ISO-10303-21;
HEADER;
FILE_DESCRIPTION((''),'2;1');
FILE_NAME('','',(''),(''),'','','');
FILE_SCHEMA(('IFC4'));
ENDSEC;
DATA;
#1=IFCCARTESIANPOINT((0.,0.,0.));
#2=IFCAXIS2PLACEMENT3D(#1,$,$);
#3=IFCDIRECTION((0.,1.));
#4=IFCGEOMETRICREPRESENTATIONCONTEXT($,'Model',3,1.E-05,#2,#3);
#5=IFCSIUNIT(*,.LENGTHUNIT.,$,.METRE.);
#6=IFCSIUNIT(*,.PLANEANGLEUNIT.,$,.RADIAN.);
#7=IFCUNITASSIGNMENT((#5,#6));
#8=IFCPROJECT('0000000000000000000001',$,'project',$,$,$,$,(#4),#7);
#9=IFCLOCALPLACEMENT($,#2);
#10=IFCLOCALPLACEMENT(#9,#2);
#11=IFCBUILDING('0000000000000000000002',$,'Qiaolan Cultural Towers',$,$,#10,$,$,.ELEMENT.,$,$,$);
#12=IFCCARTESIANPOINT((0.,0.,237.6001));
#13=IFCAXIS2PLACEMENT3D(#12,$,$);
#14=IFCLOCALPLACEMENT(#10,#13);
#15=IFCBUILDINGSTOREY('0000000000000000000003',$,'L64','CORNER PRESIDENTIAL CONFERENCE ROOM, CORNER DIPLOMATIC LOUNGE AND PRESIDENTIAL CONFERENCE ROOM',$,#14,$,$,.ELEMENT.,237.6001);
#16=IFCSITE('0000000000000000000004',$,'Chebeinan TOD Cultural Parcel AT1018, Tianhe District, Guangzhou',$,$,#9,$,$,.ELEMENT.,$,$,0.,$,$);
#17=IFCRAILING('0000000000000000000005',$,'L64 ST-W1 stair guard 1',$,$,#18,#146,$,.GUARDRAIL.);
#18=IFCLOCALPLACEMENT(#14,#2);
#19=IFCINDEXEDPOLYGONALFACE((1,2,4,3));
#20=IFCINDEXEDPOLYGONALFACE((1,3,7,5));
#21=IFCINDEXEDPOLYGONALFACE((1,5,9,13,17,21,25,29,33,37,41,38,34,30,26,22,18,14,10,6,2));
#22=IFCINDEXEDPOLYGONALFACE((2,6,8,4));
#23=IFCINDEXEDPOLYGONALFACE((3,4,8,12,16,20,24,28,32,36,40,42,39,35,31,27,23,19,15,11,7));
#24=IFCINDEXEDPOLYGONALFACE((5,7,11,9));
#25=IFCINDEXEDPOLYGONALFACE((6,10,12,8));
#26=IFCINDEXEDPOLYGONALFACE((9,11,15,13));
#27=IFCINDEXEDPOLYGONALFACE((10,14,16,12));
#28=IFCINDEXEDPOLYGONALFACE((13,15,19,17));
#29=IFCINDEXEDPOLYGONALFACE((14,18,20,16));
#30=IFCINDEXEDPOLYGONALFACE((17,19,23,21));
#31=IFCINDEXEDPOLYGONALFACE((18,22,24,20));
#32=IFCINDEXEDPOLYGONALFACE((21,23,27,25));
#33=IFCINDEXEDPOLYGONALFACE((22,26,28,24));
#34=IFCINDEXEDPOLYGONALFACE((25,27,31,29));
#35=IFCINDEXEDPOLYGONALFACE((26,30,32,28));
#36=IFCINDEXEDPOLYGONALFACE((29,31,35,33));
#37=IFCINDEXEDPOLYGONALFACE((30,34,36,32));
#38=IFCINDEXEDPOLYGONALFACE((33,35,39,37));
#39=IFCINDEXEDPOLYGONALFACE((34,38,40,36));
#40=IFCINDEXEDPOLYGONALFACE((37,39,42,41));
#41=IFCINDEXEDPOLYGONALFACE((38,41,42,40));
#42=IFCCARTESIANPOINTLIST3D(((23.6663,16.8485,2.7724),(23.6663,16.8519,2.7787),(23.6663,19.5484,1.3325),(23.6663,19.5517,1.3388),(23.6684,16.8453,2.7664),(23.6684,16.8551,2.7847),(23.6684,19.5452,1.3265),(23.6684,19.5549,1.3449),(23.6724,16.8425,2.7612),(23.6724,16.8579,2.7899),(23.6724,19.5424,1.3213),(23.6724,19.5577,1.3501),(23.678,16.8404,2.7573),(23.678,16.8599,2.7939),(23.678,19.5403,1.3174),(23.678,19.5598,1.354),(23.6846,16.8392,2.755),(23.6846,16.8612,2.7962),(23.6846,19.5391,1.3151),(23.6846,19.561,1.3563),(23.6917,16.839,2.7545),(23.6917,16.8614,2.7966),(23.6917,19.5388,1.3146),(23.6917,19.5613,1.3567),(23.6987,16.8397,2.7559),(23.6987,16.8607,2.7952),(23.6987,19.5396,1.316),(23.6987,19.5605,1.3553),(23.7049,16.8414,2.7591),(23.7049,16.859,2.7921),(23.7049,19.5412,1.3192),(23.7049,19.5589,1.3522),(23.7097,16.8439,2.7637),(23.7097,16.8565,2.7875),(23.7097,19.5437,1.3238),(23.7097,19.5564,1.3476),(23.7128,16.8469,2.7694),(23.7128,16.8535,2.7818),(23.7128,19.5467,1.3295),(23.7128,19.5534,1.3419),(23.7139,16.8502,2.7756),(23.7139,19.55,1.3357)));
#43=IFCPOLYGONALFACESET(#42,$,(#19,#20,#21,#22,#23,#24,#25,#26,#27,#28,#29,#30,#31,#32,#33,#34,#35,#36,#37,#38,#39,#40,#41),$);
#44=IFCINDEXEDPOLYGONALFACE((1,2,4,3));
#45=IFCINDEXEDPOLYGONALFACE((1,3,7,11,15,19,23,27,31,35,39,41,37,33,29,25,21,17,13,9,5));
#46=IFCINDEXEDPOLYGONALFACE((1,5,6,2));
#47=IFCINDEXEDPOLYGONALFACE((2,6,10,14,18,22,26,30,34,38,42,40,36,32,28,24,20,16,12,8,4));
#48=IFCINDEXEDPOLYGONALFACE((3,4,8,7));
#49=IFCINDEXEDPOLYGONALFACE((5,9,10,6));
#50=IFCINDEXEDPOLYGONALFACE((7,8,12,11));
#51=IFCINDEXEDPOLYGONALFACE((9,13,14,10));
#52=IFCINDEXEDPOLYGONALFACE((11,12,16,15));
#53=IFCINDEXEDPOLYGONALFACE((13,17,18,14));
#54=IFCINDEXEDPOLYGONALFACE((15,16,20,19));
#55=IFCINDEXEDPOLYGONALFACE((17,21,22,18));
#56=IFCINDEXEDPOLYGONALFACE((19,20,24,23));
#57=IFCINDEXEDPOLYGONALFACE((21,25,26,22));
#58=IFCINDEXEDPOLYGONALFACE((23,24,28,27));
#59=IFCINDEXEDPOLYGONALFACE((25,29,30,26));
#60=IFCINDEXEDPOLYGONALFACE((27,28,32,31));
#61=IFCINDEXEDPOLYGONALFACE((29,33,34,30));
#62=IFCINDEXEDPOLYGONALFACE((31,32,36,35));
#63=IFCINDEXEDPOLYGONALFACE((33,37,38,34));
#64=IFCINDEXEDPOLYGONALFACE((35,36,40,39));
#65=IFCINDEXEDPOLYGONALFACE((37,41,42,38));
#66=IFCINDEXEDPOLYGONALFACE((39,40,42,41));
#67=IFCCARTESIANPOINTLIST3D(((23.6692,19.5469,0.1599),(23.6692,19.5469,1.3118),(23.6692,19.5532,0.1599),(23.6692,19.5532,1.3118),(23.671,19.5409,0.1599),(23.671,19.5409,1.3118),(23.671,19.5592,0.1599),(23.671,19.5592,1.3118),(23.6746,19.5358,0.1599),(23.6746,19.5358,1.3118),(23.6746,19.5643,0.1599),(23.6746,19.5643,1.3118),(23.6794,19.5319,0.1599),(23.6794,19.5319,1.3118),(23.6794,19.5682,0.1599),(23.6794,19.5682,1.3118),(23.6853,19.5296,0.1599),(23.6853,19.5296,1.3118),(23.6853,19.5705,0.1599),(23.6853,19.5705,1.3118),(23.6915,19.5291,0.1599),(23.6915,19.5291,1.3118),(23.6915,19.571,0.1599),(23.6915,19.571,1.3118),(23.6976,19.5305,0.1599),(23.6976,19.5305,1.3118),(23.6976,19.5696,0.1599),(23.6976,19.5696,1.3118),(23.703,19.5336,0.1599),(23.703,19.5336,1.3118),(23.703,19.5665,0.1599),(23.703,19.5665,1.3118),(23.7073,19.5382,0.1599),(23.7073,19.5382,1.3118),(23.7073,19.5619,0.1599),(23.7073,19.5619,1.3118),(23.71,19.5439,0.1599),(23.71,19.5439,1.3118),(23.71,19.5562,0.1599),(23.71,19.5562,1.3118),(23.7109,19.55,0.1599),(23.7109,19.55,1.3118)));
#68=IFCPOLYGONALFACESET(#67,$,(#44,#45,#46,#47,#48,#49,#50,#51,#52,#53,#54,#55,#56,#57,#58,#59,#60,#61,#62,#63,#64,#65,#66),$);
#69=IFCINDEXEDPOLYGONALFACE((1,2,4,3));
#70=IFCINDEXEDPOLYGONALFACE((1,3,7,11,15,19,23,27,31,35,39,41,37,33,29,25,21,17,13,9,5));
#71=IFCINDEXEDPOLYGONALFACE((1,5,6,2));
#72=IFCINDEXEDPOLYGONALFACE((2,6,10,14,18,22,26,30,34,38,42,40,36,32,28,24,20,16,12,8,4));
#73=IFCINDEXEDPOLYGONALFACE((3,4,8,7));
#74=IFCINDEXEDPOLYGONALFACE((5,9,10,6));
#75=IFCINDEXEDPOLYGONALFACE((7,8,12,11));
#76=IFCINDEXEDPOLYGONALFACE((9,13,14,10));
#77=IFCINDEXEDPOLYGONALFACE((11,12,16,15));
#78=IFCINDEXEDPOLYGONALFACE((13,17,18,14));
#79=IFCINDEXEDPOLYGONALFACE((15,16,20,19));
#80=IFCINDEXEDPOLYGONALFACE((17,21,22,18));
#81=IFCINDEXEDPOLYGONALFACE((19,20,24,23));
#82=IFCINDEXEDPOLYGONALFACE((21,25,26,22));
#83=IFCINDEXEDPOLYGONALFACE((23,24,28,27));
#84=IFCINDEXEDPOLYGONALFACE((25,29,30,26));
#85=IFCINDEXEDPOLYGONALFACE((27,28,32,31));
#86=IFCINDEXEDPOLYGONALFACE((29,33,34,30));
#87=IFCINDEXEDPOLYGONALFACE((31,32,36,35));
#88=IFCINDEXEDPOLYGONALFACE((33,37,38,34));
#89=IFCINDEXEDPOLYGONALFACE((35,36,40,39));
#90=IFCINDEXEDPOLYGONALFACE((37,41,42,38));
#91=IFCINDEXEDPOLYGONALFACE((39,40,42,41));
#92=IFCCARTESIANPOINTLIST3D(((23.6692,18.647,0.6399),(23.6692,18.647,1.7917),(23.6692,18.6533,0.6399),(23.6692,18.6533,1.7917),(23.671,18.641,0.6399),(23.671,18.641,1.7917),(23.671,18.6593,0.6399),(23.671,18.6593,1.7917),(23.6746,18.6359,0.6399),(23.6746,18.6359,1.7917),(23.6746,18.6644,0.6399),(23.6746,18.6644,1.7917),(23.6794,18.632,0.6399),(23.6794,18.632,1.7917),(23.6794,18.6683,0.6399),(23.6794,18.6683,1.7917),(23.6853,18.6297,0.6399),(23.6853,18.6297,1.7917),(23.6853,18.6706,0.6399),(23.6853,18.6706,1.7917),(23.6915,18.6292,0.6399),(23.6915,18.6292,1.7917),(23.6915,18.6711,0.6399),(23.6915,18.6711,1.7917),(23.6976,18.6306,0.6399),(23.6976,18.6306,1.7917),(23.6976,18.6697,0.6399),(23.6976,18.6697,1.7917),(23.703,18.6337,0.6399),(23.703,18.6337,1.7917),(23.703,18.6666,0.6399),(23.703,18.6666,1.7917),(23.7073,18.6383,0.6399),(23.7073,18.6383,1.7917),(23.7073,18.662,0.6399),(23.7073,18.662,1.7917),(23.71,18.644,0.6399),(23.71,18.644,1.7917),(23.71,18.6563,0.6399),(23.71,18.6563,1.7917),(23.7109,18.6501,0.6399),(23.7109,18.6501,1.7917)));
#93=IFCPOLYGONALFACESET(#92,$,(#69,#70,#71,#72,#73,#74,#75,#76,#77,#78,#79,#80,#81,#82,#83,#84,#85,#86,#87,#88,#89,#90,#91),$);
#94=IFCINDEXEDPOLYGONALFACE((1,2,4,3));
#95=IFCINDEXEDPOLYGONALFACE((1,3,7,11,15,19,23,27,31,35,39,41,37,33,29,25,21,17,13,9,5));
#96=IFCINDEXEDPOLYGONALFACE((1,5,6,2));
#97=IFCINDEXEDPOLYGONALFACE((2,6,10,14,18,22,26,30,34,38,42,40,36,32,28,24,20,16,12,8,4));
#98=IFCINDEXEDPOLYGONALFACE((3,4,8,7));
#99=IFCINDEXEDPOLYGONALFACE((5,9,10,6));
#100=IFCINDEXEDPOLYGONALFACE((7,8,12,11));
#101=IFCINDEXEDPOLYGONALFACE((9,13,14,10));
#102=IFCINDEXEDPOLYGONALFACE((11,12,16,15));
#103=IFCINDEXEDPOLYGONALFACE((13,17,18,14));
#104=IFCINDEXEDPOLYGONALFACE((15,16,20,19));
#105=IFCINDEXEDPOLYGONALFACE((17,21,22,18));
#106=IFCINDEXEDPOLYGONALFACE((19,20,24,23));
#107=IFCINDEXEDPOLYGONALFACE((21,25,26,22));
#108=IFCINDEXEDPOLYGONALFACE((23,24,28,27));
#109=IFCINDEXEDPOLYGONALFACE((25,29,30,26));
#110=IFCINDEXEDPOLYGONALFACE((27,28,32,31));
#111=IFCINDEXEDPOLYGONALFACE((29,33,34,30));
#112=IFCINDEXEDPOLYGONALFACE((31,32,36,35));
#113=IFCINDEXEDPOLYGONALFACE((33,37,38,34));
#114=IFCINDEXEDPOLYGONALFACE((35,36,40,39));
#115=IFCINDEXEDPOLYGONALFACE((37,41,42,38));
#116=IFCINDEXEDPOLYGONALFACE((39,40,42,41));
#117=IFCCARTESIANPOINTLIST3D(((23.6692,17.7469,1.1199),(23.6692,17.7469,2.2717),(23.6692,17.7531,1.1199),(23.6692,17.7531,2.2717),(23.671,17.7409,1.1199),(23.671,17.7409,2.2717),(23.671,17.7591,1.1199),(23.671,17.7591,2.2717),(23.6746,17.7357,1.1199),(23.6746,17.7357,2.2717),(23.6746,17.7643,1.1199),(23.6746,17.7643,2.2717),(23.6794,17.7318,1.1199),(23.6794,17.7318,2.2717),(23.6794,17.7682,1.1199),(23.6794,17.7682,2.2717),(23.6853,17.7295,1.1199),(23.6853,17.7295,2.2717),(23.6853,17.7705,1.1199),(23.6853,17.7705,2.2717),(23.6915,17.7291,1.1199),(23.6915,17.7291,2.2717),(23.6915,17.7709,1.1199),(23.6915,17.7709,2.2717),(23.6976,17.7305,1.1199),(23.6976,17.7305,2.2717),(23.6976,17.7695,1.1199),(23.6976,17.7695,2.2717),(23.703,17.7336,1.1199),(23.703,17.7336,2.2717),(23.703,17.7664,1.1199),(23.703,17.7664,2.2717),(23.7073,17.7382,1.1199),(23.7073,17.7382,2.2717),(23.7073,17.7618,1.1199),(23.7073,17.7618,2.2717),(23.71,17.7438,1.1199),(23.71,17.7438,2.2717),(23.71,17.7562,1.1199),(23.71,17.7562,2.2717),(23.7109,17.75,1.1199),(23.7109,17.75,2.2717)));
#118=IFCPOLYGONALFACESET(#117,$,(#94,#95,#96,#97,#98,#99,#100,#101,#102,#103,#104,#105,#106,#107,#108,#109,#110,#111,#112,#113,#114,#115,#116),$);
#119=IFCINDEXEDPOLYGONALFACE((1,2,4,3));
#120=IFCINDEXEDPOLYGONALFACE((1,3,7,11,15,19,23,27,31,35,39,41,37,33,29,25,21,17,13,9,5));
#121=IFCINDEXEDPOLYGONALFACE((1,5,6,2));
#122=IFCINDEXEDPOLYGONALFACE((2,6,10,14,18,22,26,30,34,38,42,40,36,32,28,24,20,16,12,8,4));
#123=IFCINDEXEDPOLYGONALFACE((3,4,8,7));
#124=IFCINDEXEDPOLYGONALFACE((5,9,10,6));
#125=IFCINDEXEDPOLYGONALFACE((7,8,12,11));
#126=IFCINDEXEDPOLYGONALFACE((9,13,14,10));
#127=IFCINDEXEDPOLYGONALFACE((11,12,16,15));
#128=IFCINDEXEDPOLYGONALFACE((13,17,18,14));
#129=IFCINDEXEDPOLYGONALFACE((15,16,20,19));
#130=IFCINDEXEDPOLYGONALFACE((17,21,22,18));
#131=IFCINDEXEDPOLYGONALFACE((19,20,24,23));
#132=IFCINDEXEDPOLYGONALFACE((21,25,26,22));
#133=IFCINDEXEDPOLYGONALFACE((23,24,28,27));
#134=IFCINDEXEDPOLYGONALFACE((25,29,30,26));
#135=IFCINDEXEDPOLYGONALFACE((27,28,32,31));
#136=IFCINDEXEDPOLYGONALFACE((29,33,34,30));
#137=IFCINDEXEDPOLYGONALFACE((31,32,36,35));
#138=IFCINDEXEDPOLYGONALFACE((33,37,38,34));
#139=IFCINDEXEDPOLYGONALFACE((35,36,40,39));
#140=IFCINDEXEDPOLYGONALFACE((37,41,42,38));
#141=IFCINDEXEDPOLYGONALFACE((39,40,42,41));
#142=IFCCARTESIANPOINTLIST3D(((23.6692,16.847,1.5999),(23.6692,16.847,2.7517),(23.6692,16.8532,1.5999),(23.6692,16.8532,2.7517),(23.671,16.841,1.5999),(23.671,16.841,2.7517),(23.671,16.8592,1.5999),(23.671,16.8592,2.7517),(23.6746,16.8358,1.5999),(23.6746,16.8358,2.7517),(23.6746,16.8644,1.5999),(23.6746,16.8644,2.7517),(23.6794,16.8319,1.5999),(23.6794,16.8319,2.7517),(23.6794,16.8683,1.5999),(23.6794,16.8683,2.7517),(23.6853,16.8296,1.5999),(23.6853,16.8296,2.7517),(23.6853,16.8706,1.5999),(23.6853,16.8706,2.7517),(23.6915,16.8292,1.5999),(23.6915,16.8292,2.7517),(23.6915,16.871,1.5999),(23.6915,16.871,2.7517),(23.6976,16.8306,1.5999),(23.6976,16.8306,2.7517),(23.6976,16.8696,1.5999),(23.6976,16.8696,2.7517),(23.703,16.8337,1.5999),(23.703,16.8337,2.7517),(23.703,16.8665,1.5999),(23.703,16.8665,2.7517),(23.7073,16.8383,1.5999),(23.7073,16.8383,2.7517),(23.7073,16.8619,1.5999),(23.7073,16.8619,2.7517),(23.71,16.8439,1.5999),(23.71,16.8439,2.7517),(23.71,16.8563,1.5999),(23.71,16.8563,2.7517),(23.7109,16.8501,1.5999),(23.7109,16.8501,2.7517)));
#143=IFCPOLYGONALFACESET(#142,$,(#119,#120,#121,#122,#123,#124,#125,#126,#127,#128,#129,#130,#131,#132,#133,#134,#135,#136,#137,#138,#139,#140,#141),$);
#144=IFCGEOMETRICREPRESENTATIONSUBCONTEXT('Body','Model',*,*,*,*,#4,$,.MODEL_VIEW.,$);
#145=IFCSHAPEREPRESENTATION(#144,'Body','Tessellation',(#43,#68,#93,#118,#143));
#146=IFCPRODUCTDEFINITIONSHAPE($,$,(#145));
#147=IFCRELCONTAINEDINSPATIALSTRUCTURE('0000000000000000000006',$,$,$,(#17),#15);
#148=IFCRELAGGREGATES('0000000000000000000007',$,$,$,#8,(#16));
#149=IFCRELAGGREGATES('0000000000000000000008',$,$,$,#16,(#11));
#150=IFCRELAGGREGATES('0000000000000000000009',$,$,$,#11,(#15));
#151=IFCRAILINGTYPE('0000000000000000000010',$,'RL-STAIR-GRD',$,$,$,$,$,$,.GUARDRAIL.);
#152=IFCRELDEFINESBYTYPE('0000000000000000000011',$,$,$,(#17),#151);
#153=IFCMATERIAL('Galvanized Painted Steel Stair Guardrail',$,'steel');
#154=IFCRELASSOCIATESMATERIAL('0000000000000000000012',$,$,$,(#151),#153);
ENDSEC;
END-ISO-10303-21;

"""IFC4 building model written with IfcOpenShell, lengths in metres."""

from ifc_helpers import new_model, si_unit, direction, frame, origin, origin_2d, place, context, subcontext, project, spatial, circle, extrude, material, type_object, element, save


model = new_model("IFC4")

# Units and contexts
model_context = context("Model", 3, precision=1e-05, world=origin(), true_north=direction((0.0, 1.0)))
body_context = subcontext(model_context, "Body", "Model", "MODEL_VIEW")
ifc_project = project(units=[si_unit("LENGTHUNIT", "METRE"), si_unit("PLANEANGLEUNIT", "RADIAN")], contexts=[model_context])

# Site, building, storey
site_placement = place(None, origin())
site = spatial("IfcSite", under=ifc_project, at=site_placement, Name="Chebeinan TOD Cultural Parcel AT1018, Tianhe District, Guangzhou", CompositionType="ELEMENT", RefElevation=0.0)
building_placement = place(site_placement, origin())
building = spatial("IfcBuilding", under=site, at=building_placement, Name="Qiaolan Cultural Towers", CompositionType="ELEMENT")
storey_placement = place(building_placement, frame((0.0, 0.0, 237.6001)))
storey = spatial("IfcBuildingStorey", under=building, at=storey_placement, Name="L64", Description="CORNER PRESIDENTIAL CONFERENCE ROOM, CORNER DIPLOMATIC LOUNGE AND PRESIDENTIAL CONFERENCE ROOM", CompositionType="ELEMENT", Elevation=237.6001)

# Railing
ifc_material_1 = material(Name="Galvanized Painted Steel Stair Guardrail", Category="steel")
railing_type_1 = type_object("IfcRailingType", Name="RL-STAIR-GRD", PredefinedType="GUARDRAIL", material=ifc_material_1)
railing_1_placement = place(storey_placement, frame((23.6899, 19.55, 0.1599)))
element("IfcRailing", 1, at=railing_1_placement, inside=storey, type_object=railing_type_1, Name="L64 ST-W1 stair guard 1", PredefinedType="GUARDRAIL", context=body_context, shape_type="SweptSolid", body=[
    extrude(circle(Radius=0.0239, at=origin_2d()), frame((0.0, 0.0, 1.1758), z_axis=(0.0, -0.882357, 0.47058), x_axis=(1.0, 0.0, 0.0)), (0.0, 0.0, 1.0), 3.0598),
    extrude(circle(Radius=0.021, at=origin_2d()), origin(), (0.0, 0.0, 1.0), 1.1519),
    extrude(circle(Radius=0.021, at=origin_2d()), frame((0.0, -0.8999, 0.48)), (0.0, 0.0, 1.0), 1.1519),
    extrude(circle(Radius=0.021, at=origin_2d()), frame((0.0, -1.8, 0.96)), (0.0, 0.0, 1.0), 1.1519),
    extrude(circle(Radius=0.021, at=origin_2d()), frame((0.0, -2.7, 1.4399)), (0.0, 0.0, 1.0), 1.1519),
])

save(model, "model.ifc")
